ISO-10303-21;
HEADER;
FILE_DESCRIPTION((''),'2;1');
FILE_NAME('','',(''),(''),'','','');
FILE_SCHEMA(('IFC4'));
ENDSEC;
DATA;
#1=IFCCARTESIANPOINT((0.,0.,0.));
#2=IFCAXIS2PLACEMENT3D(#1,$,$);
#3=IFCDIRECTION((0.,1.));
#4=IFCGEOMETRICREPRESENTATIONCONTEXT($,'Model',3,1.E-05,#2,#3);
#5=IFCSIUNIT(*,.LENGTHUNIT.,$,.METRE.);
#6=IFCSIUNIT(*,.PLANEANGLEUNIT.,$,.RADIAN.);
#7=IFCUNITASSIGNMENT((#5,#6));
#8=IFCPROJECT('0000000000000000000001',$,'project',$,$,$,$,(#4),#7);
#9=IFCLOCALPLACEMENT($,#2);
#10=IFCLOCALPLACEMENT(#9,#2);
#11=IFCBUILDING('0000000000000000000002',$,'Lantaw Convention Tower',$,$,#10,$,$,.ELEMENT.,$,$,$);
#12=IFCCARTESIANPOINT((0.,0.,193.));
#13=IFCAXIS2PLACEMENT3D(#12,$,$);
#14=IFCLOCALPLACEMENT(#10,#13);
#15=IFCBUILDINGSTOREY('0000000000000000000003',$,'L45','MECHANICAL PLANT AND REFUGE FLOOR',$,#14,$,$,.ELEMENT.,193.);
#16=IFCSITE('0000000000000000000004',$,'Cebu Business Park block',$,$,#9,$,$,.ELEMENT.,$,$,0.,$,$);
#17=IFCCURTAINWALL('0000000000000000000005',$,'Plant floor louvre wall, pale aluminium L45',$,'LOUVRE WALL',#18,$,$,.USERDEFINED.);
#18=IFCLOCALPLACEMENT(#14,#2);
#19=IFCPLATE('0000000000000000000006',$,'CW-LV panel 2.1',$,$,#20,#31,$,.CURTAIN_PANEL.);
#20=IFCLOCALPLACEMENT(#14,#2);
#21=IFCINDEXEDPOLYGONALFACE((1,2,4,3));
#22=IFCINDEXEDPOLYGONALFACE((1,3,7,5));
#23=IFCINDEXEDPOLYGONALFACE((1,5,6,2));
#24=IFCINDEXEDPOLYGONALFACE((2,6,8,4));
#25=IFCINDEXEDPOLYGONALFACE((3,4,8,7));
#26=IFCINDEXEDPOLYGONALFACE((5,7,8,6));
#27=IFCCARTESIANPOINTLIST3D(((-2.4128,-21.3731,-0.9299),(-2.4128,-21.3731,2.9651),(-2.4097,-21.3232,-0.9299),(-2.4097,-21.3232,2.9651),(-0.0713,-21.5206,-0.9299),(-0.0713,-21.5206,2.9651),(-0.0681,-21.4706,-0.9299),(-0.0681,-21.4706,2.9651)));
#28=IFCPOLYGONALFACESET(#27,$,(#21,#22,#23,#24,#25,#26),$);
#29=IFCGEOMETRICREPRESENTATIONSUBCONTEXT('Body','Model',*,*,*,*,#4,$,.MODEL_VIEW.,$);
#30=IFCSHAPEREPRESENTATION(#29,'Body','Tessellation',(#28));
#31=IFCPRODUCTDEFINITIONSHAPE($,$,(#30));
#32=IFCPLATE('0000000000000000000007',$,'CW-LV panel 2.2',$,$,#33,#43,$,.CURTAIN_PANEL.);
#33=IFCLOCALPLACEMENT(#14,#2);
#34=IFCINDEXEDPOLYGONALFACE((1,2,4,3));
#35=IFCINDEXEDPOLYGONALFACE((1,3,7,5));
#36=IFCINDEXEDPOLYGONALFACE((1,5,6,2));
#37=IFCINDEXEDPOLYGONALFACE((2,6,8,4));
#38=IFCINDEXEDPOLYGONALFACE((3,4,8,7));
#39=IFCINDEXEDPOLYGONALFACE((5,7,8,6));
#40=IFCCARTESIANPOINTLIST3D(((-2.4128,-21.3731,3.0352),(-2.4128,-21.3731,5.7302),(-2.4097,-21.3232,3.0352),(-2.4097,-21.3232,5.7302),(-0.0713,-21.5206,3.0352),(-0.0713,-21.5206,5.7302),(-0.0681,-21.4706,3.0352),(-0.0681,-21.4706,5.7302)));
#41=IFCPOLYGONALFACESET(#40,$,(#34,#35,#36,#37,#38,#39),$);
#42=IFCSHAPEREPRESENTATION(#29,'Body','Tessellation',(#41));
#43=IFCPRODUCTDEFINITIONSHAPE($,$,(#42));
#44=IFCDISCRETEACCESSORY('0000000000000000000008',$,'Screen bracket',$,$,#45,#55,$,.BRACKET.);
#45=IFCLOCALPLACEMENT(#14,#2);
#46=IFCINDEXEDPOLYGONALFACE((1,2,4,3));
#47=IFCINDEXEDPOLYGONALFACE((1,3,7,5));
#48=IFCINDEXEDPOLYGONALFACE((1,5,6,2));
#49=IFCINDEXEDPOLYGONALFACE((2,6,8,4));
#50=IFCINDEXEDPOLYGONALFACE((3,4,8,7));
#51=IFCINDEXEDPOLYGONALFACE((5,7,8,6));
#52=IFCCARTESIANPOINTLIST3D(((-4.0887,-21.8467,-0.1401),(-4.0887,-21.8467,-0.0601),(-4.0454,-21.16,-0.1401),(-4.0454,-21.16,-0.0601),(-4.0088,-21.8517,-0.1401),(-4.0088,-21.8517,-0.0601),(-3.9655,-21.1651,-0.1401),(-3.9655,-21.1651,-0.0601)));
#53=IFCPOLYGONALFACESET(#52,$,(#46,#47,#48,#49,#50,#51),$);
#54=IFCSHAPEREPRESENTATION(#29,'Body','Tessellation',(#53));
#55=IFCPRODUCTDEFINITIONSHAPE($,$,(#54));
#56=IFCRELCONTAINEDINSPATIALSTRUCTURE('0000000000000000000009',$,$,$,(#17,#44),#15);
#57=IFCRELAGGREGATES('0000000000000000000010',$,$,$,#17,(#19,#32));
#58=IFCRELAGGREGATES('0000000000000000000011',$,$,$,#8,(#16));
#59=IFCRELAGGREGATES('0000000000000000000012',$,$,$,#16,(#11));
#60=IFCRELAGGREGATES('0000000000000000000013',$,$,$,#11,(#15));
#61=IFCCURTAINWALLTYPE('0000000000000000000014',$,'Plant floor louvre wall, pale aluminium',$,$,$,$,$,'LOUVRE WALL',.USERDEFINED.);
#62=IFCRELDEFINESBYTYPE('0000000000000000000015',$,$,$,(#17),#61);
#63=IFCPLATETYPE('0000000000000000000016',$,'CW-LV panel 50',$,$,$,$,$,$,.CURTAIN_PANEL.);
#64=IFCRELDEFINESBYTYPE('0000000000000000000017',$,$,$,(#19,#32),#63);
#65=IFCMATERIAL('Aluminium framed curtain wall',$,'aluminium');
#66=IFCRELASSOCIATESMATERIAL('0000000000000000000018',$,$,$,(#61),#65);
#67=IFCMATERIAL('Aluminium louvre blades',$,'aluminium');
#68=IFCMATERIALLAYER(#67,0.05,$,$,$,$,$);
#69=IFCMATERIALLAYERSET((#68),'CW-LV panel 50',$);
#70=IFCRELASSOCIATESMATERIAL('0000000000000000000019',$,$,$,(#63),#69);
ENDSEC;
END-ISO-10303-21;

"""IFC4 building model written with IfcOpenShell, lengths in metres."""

from ifc_helpers import new_model, si_unit, direction, frame, origin, origin_2d, place, context, subcontext, project, spatial, rectangle, extrude, material, layer, layer_set, type_object, element, aggregate, save


model = new_model("IFC4")

# Units and contexts
model_context = context("Model", 3, precision=1e-05, world=origin(), true_north=direction((0.0, 1.0)))
body_context = subcontext(model_context, "Body", "Model", "MODEL_VIEW")
ifc_project = project(units=[si_unit("LENGTHUNIT", "METRE"), si_unit("PLANEANGLEUNIT", "RADIAN")], contexts=[model_context])

# Site, building, storey
site_placement = place(None, origin())
site = spatial("IfcSite", under=ifc_project, at=site_placement, Name="Cebu Business Park block", CompositionType="ELEMENT", RefElevation=0.0)
building_placement = place(site_placement, origin())
building = spatial("IfcBuilding", under=site, at=building_placement, Name="Lantaw Convention Tower", CompositionType="ELEMENT")
storey_placement = place(building_placement, frame((0.0, 0.0, 193.0)))
storey = spatial("IfcBuildingStorey", under=building, at=storey_placement, Name="L45", Description="MECHANICAL PLANT AND REFUGE FLOOR", CompositionType="ELEMENT", Elevation=193.0)

# Curtain wall
ifc_material_1 = material(Name="Aluminium framed curtain wall", Category="aluminium")
curtain_wall_type = type_object("IfcCurtainWallType", Name="Plant floor louvre wall, pale aluminium", ElementType="LOUVRE WALL", PredefinedType="USERDEFINED", material=ifc_material_1)
curtain_wall_placement = place(storey_placement, origin())
curtain_wall = element("IfcCurtainWall", 1, at=curtain_wall_placement, inside=storey, type_object=curtain_wall_type, Name="Plant floor louvre wall, pale aluminium L45", ObjectType="LOUVRE WALL", PredefinedType="USERDEFINED")

# Plates
ifc_material_2 = material(Name="Aluminium louvre blades", Category="aluminium")
ifc_layer = layer(ifc_material_2, 0.05)
ifc_layer_set = layer_set([ifc_layer], Name="CW-LV panel 50")
plate_type = type_object("IfcPlateType", Name="CW-LV panel 50", PredefinedType="CURTAIN_PANEL", material=ifc_layer_set)
plate_1_placement = place(storey_placement, frame((-1.2405, -21.4219, -0.9299), z_axis=(0.0, 0.0, 1.0), x_axis=(0.998022, -0.062865, 0.0)))
plate_1 = element("IfcPlate", 2, at=plate_1_placement, type_object=plate_type, Name="CW-LV panel 2.1", PredefinedType="CURTAIN_PANEL", context=body_context, shape_type="SweptSolid", body=[
    extrude(rectangle(XDim=2.3462, YDim=0.05, at=origin_2d()), origin(), (0.0, 0.0, 1.0), 3.895),
])
plate_2_placement = place(storey_placement, frame((-1.2405, -21.4219, 3.0352), z_axis=(0.0, 0.0, 1.0), x_axis=(0.998022, -0.062865, 0.0)))
plate_2 = element("IfcPlate", 3, at=plate_2_placement, type_object=plate_type, Name="CW-LV panel 2.2", PredefinedType="CURTAIN_PANEL", context=body_context, shape_type="SweptSolid", body=[
    extrude(rectangle(XDim=2.3462, YDim=0.05, at=origin_2d()), origin(), (0.0, 0.0, 1.0), 2.6951),
])
aggregate(curtain_wall, [plate_1, plate_2])

# Discrete accessory
discrete_accessory_placement = place(storey_placement, frame((-4.0271, -21.5059, -0.1401), z_axis=(0.0, 0.0, 1.0), x_axis=(0.998022, -0.062865, 0.0)))
element("IfcDiscreteAccessory", 4, at=discrete_accessory_placement, inside=storey, Name="Screen bracket", PredefinedType="BRACKET", context=body_context, shape_type="SweptSolid", body=[
    extrude(rectangle(XDim=0.0801, YDim=0.688, at=origin_2d()), origin(), (0.0, 0.0, 1.0), 0.0801),
])

save(model, "model.ifc")
